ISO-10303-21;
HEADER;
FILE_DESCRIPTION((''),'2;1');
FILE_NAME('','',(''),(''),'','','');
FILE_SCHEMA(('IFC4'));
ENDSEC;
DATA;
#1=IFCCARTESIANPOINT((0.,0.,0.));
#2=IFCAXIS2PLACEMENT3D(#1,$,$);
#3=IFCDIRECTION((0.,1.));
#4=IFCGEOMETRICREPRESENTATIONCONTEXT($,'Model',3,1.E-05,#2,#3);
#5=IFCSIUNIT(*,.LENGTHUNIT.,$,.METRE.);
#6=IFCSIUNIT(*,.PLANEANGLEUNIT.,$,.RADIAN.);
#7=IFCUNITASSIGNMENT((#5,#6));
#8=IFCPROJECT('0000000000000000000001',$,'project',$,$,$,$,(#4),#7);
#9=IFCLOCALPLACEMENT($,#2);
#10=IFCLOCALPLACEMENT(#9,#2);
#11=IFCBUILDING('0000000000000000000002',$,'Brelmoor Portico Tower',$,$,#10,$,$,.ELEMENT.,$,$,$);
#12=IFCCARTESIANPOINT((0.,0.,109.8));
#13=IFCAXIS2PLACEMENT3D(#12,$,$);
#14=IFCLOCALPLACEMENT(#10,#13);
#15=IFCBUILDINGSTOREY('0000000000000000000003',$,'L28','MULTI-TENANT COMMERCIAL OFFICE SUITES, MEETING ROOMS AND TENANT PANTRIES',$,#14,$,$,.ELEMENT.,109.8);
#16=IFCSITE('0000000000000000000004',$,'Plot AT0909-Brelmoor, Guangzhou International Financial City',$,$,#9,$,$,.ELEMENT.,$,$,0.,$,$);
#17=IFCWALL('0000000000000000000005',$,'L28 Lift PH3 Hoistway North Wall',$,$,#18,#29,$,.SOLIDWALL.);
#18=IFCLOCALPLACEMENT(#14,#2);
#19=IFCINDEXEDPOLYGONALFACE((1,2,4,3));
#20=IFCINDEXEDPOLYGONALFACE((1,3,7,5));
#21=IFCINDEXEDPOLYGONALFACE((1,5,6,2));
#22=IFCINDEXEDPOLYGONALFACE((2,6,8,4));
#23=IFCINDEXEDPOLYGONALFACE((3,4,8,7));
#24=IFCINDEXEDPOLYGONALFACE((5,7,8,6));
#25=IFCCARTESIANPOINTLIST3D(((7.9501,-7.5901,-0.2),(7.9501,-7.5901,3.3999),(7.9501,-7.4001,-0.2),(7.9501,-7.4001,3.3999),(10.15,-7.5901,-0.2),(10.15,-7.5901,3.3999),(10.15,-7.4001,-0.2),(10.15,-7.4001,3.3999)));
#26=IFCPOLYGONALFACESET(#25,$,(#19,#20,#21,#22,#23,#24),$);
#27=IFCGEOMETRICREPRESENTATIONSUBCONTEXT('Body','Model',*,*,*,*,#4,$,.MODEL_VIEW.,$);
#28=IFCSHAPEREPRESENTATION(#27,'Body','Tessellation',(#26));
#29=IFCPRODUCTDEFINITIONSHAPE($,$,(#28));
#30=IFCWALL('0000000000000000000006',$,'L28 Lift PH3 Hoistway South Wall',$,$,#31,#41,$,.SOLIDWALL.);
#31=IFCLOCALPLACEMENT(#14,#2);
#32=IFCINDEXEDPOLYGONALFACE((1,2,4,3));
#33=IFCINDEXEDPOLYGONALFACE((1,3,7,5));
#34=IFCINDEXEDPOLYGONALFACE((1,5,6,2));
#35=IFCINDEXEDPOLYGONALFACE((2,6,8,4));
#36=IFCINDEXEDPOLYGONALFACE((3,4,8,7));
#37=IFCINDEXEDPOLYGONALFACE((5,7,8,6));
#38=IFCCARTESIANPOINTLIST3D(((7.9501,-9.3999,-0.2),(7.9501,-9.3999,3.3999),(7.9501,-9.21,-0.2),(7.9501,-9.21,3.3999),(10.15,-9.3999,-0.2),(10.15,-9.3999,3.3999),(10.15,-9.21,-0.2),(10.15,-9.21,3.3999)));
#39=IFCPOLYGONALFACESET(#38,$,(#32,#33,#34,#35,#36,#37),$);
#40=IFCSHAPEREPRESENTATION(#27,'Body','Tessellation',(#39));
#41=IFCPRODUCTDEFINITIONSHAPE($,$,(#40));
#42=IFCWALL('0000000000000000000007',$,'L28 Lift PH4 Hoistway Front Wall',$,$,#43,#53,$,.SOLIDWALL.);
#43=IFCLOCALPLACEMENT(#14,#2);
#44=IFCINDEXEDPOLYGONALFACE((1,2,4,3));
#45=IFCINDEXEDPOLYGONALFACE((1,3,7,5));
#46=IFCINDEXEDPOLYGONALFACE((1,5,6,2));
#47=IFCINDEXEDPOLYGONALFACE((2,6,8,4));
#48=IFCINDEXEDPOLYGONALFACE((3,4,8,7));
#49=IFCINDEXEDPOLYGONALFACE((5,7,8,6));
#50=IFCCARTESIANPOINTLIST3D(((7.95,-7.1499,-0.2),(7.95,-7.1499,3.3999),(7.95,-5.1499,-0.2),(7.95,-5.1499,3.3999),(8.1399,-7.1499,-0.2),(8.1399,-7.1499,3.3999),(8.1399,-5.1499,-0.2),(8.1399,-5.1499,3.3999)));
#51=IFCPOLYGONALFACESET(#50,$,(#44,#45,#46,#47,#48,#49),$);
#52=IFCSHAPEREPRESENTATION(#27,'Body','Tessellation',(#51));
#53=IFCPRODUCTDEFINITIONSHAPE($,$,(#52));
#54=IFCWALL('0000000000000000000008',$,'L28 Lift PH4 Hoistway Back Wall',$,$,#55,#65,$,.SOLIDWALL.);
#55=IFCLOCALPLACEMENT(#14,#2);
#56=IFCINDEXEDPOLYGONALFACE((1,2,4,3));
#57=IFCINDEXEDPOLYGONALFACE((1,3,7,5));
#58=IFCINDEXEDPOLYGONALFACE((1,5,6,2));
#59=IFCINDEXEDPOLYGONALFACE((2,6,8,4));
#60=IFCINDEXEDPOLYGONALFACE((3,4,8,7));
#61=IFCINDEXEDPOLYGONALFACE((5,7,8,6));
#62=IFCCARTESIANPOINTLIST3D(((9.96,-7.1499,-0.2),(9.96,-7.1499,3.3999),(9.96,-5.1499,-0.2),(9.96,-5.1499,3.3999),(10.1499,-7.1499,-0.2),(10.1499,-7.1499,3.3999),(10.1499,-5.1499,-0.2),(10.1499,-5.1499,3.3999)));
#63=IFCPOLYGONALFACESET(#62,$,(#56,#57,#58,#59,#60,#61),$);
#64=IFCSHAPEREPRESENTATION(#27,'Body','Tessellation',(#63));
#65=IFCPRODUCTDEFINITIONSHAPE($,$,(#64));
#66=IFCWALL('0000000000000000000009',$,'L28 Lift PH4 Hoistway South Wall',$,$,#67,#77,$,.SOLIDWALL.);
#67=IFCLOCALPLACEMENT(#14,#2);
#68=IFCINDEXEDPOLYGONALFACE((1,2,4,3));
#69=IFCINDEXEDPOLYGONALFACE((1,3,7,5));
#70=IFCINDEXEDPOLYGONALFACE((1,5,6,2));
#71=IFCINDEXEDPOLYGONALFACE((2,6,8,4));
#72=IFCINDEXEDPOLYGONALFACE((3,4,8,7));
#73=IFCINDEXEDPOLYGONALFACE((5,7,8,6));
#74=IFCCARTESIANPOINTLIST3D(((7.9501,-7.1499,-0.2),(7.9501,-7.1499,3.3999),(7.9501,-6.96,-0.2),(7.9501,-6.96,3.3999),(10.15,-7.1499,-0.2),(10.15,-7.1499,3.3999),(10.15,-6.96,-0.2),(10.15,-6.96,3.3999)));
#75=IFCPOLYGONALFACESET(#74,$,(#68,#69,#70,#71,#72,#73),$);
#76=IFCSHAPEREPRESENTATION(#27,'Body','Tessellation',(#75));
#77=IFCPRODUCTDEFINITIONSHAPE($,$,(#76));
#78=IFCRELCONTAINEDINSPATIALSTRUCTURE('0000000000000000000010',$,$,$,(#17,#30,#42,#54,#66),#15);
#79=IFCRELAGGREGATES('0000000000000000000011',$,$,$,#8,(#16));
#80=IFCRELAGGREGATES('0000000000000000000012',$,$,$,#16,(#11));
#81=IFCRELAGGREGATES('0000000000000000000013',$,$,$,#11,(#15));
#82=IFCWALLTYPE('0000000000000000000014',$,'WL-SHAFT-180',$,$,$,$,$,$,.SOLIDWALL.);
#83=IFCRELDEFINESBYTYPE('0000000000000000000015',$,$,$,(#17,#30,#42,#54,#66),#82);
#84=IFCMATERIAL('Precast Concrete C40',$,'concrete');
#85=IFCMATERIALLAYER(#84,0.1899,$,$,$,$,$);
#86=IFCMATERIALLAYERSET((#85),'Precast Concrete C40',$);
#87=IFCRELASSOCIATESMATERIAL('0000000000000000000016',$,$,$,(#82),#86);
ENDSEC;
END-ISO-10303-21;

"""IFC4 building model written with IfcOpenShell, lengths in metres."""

from ifc_helpers import new_model, si_unit, direction, frame, frame_2d, origin, place, context, subcontext, project, spatial, rectangle, extrude, material, layer, layer_set, type_object, element, save


model = new_model("IFC4")

# Units and contexts
model_context = context("Model", 3, precision=1e-05, world=origin(), true_north=direction((0.0, 1.0)))
body_context = subcontext(model_context, "Body", "Model", "MODEL_VIEW")
ifc_project = project(units=[si_unit("LENGTHUNIT", "METRE"), si_unit("PLANEANGLEUNIT", "RADIAN")], contexts=[model_context])

# Site, building, storey
site_placement = place(None, origin())
site = spatial("IfcSite", under=ifc_project, at=site_placement, Name="Plot AT0909-Brelmoor, Guangzhou International Financial City", CompositionType="ELEMENT", RefElevation=0.0)
building_placement = place(site_placement, origin())
building = spatial("IfcBuilding", under=site, at=building_placement, Name="Brelmoor Portico Tower", CompositionType="ELEMENT")
storey_placement = place(building_placement, frame((0.0, 0.0, 109.8)))
storey = spatial("IfcBuildingStorey", under=building, at=storey_placement, Name="L28", Description="MULTI-TENANT COMMERCIAL OFFICE SUITES, MEETING ROOMS AND TENANT PANTRIES", CompositionType="ELEMENT", Elevation=109.8)

# Walls
ifc_material_1 = material(Name="Precast Concrete C40", Category="concrete")
ifc_layer_1 = layer(ifc_material_1, 0.1899)
ifc_layer_set_1 = layer_set([ifc_layer_1], Name="Precast Concrete C40")
wall_type_1 = type_object("IfcWallType", Name="WL-SHAFT-180", PredefinedType="SOLIDWALL", material=ifc_layer_set_1)
for number, where, z_axis, x_axis, name in (
    (1, (7.95, -7.4951, -0.2), (0.0, 0.0, 1.0), (1.0, 0.0, 0.0), "L28 Lift PH3 Hoistway North Wall"),
    (2, (7.95, -9.3049, -0.2), (0.0, 0.0, 1.0), (1.0, 0.0, 0.0), "L28 Lift PH3 Hoistway South Wall"),
):
    element("IfcWall", number, at=place(storey_placement, frame(where, z_axis=z_axis, x_axis=x_axis)), inside=storey, type_object=wall_type_1, Name=name, PredefinedType="SOLIDWALL", context=body_context, shape_type="SweptSolid", body=[
        extrude(rectangle(XDim=2.2, YDim=0.1899, at=frame_2d((1.1001, 0.0))), origin(), (0.0, 0.0, 1.0), 3.5999),
    ])
for number, where, z_axis, x_axis, name in (
    (3, (8.0449, -7.1499, -0.2), (0.0, 0.0, 1.0), (0.0, 1.0, 0.0), "L28 Lift PH4 Hoistway Front Wall"),
    (4, (10.0549, -7.1499, -0.2), (0.0, 0.0, 1.0), (0.0, 1.0, 0.0), "L28 Lift PH4 Hoistway Back Wall"),
):
    element("IfcWall", number, at=place(storey_placement, frame(where, z_axis=z_axis, x_axis=x_axis)), inside=storey, type_object=wall_type_1, Name=name, PredefinedType="SOLIDWALL", context=body_context, shape_type="SweptSolid", body=[
        extrude(rectangle(XDim=2.0, YDim=0.1899, at=frame_2d((1.0, 0.0))), origin(), (0.0, 0.0, 1.0), 3.5999),
    ])
wall_1_placement = place(storey_placement, frame((7.95, -7.0549, -0.2), z_axis=(0.0, 0.0, 1.0), x_axis=(1.0, 0.0, 0.0)))
element("IfcWall", 5, at=wall_1_placement, inside=storey, type_object=wall_type_1, Name="L28 Lift PH4 Hoistway South Wall", PredefinedType="SOLIDWALL", context=body_context, shape_type="SweptSolid", body=[
    extrude(rectangle(XDim=2.2, YDim=0.1899, at=frame_2d((1.1001, 0.0))), origin(), (0.0, 0.0, 1.0), 3.5999),
])

save(model, "model.ifc")
